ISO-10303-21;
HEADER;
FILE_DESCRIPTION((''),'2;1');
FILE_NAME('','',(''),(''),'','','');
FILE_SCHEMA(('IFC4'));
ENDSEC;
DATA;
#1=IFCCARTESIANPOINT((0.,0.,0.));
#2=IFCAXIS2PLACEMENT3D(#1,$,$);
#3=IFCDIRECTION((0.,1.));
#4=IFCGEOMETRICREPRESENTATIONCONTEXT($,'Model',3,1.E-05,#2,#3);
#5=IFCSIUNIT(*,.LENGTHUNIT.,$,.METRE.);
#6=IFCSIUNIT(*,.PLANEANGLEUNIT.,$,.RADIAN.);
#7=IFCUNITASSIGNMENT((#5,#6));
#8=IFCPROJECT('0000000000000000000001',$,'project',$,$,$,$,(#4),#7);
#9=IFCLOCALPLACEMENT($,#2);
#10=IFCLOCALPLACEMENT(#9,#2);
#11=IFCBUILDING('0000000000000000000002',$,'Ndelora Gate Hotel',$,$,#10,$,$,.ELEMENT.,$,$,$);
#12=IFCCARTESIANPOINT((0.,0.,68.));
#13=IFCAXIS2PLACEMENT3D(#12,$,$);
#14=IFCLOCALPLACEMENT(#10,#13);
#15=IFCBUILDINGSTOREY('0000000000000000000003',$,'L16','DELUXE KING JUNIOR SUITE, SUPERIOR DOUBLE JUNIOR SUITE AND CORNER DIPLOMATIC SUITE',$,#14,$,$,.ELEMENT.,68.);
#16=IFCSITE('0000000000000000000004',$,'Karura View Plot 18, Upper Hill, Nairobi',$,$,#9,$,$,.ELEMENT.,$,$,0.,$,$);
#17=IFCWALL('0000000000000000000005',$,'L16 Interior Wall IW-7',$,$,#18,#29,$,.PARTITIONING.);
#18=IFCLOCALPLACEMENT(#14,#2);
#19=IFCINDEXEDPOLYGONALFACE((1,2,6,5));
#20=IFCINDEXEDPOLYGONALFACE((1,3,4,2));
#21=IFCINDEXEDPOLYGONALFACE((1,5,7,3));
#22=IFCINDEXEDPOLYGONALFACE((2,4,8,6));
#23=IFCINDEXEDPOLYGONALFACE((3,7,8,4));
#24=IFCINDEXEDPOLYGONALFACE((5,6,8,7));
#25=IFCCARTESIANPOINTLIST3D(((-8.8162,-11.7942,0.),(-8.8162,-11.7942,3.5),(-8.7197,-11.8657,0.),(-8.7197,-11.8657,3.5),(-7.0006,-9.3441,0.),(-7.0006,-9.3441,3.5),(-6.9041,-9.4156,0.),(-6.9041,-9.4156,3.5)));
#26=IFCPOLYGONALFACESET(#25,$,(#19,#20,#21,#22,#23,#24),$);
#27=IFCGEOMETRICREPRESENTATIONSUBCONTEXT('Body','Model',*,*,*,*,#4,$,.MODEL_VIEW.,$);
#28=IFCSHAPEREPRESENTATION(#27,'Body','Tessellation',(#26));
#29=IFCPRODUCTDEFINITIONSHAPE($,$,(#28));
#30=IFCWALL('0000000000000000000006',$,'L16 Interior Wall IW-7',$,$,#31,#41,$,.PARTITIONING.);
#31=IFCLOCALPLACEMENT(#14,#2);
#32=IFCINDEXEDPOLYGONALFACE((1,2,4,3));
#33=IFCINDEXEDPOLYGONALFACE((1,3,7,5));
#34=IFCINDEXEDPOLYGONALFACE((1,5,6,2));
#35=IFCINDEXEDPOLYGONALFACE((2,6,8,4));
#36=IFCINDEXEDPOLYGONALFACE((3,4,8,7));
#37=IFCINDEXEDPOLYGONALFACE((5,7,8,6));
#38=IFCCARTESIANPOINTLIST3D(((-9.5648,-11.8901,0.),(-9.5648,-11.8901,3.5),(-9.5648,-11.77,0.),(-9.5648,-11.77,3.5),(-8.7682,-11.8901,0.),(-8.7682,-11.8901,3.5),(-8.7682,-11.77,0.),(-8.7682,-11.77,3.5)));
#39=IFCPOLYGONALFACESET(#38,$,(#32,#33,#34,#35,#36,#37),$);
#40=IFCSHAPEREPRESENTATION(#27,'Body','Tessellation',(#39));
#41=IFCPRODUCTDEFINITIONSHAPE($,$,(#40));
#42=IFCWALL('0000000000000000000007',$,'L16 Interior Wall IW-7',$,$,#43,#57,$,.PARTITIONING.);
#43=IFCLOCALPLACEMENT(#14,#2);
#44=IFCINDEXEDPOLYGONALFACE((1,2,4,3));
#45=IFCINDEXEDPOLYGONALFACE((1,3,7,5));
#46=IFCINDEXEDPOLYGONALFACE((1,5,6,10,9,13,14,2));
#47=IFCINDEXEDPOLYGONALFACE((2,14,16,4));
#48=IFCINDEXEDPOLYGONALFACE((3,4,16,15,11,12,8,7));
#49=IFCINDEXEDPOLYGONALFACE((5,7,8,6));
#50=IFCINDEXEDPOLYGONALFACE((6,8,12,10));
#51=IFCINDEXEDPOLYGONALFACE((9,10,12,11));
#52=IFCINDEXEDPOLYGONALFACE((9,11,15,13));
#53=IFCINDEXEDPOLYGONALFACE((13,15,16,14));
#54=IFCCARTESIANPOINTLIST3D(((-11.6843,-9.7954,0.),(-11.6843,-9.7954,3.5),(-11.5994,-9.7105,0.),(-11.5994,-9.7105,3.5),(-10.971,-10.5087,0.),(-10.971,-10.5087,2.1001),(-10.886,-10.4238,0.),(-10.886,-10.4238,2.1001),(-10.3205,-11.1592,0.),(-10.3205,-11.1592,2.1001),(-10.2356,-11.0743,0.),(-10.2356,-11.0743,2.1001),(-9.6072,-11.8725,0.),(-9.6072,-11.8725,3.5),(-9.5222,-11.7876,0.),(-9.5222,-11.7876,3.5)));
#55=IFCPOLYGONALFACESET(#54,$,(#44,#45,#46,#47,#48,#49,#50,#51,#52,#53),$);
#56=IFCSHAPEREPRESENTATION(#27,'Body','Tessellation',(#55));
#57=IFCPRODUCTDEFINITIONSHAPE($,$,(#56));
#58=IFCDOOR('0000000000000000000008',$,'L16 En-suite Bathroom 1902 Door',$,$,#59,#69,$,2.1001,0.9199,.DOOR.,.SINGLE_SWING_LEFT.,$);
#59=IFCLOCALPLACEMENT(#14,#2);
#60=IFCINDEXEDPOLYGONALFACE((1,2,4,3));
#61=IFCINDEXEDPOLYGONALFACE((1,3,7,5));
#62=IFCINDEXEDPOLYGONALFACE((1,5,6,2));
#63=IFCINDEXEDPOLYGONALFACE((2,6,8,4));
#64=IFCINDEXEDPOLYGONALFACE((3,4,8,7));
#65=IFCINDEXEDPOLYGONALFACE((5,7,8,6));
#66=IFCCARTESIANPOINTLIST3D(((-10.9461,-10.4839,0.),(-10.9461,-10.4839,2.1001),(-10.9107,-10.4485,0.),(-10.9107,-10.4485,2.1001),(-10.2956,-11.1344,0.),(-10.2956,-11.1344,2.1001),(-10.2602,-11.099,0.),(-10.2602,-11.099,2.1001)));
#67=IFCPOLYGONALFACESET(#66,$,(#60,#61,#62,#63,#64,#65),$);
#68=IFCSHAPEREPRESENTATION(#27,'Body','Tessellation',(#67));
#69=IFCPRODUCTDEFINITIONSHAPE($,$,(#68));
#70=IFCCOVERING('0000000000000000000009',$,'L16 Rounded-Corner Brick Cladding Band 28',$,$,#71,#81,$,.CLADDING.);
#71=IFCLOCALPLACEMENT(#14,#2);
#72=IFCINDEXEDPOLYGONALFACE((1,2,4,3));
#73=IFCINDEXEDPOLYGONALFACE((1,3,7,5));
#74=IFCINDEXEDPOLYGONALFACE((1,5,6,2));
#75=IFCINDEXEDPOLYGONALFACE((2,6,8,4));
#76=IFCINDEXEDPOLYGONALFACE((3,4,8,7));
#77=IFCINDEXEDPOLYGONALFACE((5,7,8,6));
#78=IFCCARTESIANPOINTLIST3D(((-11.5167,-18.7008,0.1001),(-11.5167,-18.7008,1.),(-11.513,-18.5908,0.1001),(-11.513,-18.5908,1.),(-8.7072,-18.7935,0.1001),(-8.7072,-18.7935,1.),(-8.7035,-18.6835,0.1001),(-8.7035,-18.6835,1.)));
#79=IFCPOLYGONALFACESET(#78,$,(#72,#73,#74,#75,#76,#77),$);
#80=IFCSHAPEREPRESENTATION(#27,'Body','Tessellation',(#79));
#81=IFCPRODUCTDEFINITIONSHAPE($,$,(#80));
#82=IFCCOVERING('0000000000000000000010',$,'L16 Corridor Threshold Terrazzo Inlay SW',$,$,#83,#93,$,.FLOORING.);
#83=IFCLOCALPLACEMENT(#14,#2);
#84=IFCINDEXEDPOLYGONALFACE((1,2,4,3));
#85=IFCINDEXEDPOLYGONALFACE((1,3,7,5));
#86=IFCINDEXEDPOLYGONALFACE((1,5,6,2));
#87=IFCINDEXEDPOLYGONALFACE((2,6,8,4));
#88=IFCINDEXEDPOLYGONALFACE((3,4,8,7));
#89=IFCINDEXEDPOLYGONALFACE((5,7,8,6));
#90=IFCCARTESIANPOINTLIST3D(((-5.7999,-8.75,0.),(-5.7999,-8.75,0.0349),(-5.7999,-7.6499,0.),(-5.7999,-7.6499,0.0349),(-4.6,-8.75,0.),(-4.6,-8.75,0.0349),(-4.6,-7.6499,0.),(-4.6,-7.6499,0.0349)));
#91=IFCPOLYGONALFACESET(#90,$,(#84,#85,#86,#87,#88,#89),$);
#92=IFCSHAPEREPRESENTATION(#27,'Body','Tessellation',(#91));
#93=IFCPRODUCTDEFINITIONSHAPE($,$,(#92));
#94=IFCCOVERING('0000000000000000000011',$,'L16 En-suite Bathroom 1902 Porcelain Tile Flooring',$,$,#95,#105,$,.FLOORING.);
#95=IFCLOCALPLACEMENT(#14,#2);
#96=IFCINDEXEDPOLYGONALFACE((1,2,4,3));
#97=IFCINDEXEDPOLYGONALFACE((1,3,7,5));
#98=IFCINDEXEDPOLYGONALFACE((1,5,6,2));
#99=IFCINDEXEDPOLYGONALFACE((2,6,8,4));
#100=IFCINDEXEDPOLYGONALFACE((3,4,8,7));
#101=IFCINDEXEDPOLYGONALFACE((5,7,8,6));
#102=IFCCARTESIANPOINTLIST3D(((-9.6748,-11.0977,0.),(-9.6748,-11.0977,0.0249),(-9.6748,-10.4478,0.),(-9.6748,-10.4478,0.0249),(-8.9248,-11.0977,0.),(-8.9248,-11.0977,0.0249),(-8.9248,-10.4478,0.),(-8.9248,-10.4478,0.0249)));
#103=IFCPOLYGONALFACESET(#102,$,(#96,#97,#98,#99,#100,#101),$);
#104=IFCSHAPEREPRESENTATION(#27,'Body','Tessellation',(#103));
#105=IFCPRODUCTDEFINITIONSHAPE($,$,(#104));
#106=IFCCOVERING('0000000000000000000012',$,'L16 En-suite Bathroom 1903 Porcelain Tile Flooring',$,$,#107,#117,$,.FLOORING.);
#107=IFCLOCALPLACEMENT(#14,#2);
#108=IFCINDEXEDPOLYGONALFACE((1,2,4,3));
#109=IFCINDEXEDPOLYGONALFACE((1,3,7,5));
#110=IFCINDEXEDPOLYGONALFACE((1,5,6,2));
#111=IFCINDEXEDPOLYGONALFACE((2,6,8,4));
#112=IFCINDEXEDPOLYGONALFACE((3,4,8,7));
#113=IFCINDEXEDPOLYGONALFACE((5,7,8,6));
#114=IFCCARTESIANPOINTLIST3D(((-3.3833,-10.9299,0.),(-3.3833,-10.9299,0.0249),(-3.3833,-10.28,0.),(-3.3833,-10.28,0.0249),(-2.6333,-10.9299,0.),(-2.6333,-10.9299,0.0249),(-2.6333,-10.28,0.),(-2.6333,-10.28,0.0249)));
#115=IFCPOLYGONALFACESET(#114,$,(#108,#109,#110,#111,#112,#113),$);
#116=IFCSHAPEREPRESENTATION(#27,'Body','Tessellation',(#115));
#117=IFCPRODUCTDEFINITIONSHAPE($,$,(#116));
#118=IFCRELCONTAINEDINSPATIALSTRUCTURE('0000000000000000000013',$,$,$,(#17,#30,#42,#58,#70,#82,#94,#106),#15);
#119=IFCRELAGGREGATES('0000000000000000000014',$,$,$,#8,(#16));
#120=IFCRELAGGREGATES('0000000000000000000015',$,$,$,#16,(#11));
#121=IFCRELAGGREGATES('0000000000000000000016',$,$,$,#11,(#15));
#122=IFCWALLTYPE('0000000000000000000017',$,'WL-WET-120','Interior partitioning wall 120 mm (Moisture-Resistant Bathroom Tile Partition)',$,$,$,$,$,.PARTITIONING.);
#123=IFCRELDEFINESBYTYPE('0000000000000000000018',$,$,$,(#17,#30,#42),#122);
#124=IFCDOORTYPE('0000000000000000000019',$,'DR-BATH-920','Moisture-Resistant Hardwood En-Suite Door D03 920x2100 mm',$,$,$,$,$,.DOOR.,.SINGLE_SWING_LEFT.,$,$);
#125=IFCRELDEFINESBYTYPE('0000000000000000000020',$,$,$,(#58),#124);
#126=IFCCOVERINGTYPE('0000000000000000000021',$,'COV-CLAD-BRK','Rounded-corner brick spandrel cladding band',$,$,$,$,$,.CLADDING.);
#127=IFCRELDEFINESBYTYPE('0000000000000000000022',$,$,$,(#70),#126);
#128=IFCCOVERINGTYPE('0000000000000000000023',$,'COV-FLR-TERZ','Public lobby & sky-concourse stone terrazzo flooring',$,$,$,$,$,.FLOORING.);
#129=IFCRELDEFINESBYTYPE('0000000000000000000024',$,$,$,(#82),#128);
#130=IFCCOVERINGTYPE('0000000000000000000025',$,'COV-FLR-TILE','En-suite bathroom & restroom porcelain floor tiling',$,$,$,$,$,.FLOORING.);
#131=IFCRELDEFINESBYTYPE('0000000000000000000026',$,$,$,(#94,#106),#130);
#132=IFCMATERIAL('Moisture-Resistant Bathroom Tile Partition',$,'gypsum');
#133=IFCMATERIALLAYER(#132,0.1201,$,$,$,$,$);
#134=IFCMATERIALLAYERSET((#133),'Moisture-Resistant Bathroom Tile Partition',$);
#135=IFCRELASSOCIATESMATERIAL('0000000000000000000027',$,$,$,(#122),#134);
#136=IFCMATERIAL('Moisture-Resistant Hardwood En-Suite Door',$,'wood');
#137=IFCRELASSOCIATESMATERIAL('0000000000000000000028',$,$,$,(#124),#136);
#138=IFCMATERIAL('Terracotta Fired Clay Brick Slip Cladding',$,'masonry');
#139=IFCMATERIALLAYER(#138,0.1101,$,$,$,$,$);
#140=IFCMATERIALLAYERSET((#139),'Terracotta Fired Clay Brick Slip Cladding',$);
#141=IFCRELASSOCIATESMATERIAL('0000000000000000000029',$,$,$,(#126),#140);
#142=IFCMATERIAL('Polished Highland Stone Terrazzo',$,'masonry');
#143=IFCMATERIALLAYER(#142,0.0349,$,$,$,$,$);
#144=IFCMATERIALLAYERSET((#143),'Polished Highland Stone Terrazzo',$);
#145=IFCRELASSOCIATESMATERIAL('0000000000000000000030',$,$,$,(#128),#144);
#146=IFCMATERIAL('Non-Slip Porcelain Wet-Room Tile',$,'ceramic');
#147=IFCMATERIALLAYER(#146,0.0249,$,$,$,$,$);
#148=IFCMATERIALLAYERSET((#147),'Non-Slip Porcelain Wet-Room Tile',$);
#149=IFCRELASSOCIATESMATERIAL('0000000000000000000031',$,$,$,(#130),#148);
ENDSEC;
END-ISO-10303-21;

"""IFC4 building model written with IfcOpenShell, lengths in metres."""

from ifc_helpers import new_model, si_unit, direction, frame, frame_2d, origin, origin_2d, place, context, subcontext, project, spatial, rectangle, extrude, material, layer, layer_set, type_object, element, fill, save


model = new_model("IFC4")

# Units and contexts
model_context = context("Model", 3, precision=1e-05, world=origin(), true_north=direction((0.0, 1.0)))
body_context = subcontext(model_context, "Body", "Model", "MODEL_VIEW")
ifc_project = project(units=[si_unit("LENGTHUNIT", "METRE"), si_unit("PLANEANGLEUNIT", "RADIAN")], contexts=[model_context])

# Site, building, storey
site_placement = place(None, origin())
site = spatial("IfcSite", under=ifc_project, at=site_placement, Name="Karura View Plot 18, Upper Hill, Nairobi", CompositionType="ELEMENT", RefElevation=0.0)
building_placement = place(site_placement, origin())
building = spatial("IfcBuilding", under=site, at=building_placement, Name="Ndelora Gate Hotel", CompositionType="ELEMENT")
storey_placement = place(building_placement, frame((0.0, 0.0, 68.0)))
storey = spatial("IfcBuildingStorey", under=building, at=storey_placement, Name="L16", Description="DELUXE KING JUNIOR SUITE, SUPERIOR DOUBLE JUNIOR SUITE AND CORNER DIPLOMATIC SUITE", CompositionType="ELEMENT", Elevation=68.0)

# Walls
ifc_material_1 = material(Name="Moisture-Resistant Bathroom Tile Partition", Category="gypsum")
ifc_layer_1 = layer(ifc_material_1, 0.1201)
ifc_layer_set_1 = layer_set([ifc_layer_1], Name="Moisture-Resistant Bathroom Tile Partition")
wall_type_1 = type_object("IfcWallType", Name="WL-WET-120", Description="Interior partitioning wall 120 mm (Moisture-Resistant Bathroom Tile Partition)", PredefinedType="PARTITIONING", material=ifc_layer_set_1)
wall_1_placement = place(storey_placement, frame((-8.7681, -11.8301, 0.0), z_axis=(0.0, 0.0, 1.0), x_axis=(0.595379, 0.803445, 0.0)))
element("IfcWall", 1, at=wall_1_placement, inside=storey, type_object=wall_type_1, Name="L16 Interior Wall IW-7", PredefinedType="PARTITIONING", context=body_context, shape_type="SweptSolid", body=[
    extrude(rectangle(XDim=3.0496, YDim=0.1201, at=frame_2d((1.5249, 0.0))), origin(), (0.0, 0.0, 1.0), 3.5),
])
wall_2_placement = place(storey_placement, frame((-8.7681, -11.8301, 0.0), z_axis=(0.0, 0.0, 1.0), x_axis=(-1.0, 0.0, 0.0)))
element("IfcWall", 2, at=wall_2_placement, inside=storey, type_object=wall_type_1, Name="L16 Interior Wall IW-7", PredefinedType="PARTITIONING", context=body_context, shape_type="SweptSolid", body=[
    extrude(rectangle(XDim=0.7966, YDim=0.1201, at=frame_2d((0.3984, 0.0))), origin(), (0.0, 0.0, 1.0), 3.5),
])

# Wall, opening, door
wall_3_placement = place(storey_placement, frame((-9.5647, -11.8301, 0.0), z_axis=(0.0, 0.0, 1.0), x_axis=(-0.707107, 0.707107, 0.0)))
wall_3 = element("IfcWall", 3, at=wall_3_placement, inside=storey, type_object=wall_type_1, Name="L16 Interior Wall IW-7", PredefinedType="PARTITIONING", context=body_context, shape_type="SweptSolid", body=[
    extrude(rectangle(XDim=2.9375, YDim=0.1201, at=frame_2d((1.4688, 0.0))), origin(), (0.0, 0.0, 1.0), 3.5),
])
opening_1_placement = place(wall_3_placement, frame((1.0088, 0.0, 0.0)))
opening_1 = element("IfcOpeningElement", 4, at=opening_1_placement, cuts=wall_3, PredefinedType="OPENING", context=body_context, shape_type="SweptSolid", body=[
    extrude(rectangle(XDim=0.9199, YDim=2.1001, at=frame_2d((0.46, 1.05))), frame((0.0, 0.0701, 0.0), z_axis=(0.0, -1.0, 0.0), x_axis=(1.0, 0.0, 0.0)), (0.0, 0.0, 1.0), 0.1401),
])
ifc_material_2 = material(Name="Moisture-Resistant Hardwood En-Suite Door", Category="wood")
door_type_1 = type_object("IfcDoorType", Name="DR-BATH-920", Description="Moisture-Resistant Hardwood En-Suite Door D03 920x2100 mm", OperationType="SINGLE_SWING_LEFT", PredefinedType="DOOR", material=ifc_material_2)
door_1_placement = place(opening_1_placement, origin())
door_1 = element("IfcDoor", 5, at=door_1_placement, inside=storey, type_object=door_type_1, Name="L16 En-suite Bathroom 1902 Door", OperationType="SINGLE_SWING_LEFT", OverallHeight=2.1001, OverallWidth=0.9199, PredefinedType="DOOR", context=body_context, shape_type="SweptSolid", body=[
    extrude(rectangle(XDim=0.9199, YDim=2.1001, at=frame_2d((0.46, 1.05))), frame((0.0, 0.0249, 0.0), z_axis=(0.0, -1.0, 0.0), x_axis=(1.0, 0.0, 0.0)), (0.0, 0.0, 1.0), 0.05),
])
fill(opening_1, door_1)

# Coverings
ifc_material_3 = material(Name="Terracotta Fired Clay Brick Slip Cladding", Category="masonry")
ifc_layer_2 = layer(ifc_material_3, 0.1101)
ifc_layer_set_2 = layer_set([ifc_layer_2], Name="Terracotta Fired Clay Brick Slip Cladding")
covering_type_1 = type_object("IfcCoveringType", Name="COV-CLAD-BRK", Description="Rounded-corner brick spandrel cladding band", PredefinedType="CLADDING", material=ifc_layer_set_2)
covering_1_placement = place(storey_placement, frame((-10.1101, -18.6921, 0.1001), z_axis=(0.0, 0.0, 1.0), x_axis=(-0.999456, 0.032981, 0.0)))
element("IfcCovering", 6, at=covering_1_placement, inside=storey, type_object=covering_type_1, Name="L16 Rounded-Corner Brick Cladding Band 28", PredefinedType="CLADDING", context=body_context, shape_type="SweptSolid", body=[
    extrude(rectangle(XDim=2.811, YDim=0.1101, at=origin_2d()), origin(), (0.0, 0.0, 1.0), 0.8999),
])
ifc_material_4 = material(Name="Polished Highland Stone Terrazzo", Category="masonry")
ifc_layer_3 = layer(ifc_material_4, 0.0349)
ifc_layer_set_3 = layer_set([ifc_layer_3], Name="Polished Highland Stone Terrazzo")
covering_type_2 = type_object("IfcCoveringType", Name="COV-FLR-TERZ", Description="Public lobby & sky-concourse stone terrazzo flooring", PredefinedType="FLOORING", material=ifc_layer_set_3)
covering_2_placement = place(storey_placement, frame((-5.2, -8.2, 0.0), z_axis=(0.0, 0.0, 1.0), x_axis=(1.0, 0.0, 0.0)))
element("IfcCovering", 7, at=covering_2_placement, inside=storey, type_object=covering_type_2, Name="L16 Corridor Threshold Terrazzo Inlay SW", PredefinedType="FLOORING", context=body_context, shape_type="SweptSolid", body=[
    extrude(rectangle(XDim=1.2, YDim=1.1001, at=origin_2d()), origin(), (0.0, 0.0, 1.0), 0.0349),
])
ifc_material_5 = material(Name="Non-Slip Porcelain Wet-Room Tile", Category="ceramic")
ifc_layer_4 = layer(ifc_material_5, 0.0249)
ifc_layer_set_4 = layer_set([ifc_layer_4], Name="Non-Slip Porcelain Wet-Room Tile")
covering_type_3 = type_object("IfcCoveringType", Name="COV-FLR-TILE", Description="En-suite bathroom & restroom porcelain floor tiling", PredefinedType="FLOORING", material=ifc_layer_set_4)
for number, where, z_axis, x_axis, name in (
    (8, (-9.2998, -10.7727, 0.0), (0.0, 0.0, 1.0), (1.0, 0.0, 0.0), "L16 En-suite Bathroom 1902 Porcelain Tile Flooring"),
    (9, (-3.0083, -10.605, 0.0), (0.0, 0.0, 1.0), (1.0, 0.0, 0.0), "L16 En-suite Bathroom 1903 Porcelain Tile Flooring"),
):
    element("IfcCovering", number, at=place(storey_placement, frame(where, z_axis=z_axis, x_axis=x_axis)), inside=storey, type_object=covering_type_3, Name=name, PredefinedType="FLOORING", context=body_context, shape_type="SweptSolid", body=[
        extrude(rectangle(XDim=0.75, YDim=0.6499, at=origin_2d()), origin(), (0.0, 0.0, 1.0), 0.0249),
    ])

save(model, "model.ifc")
